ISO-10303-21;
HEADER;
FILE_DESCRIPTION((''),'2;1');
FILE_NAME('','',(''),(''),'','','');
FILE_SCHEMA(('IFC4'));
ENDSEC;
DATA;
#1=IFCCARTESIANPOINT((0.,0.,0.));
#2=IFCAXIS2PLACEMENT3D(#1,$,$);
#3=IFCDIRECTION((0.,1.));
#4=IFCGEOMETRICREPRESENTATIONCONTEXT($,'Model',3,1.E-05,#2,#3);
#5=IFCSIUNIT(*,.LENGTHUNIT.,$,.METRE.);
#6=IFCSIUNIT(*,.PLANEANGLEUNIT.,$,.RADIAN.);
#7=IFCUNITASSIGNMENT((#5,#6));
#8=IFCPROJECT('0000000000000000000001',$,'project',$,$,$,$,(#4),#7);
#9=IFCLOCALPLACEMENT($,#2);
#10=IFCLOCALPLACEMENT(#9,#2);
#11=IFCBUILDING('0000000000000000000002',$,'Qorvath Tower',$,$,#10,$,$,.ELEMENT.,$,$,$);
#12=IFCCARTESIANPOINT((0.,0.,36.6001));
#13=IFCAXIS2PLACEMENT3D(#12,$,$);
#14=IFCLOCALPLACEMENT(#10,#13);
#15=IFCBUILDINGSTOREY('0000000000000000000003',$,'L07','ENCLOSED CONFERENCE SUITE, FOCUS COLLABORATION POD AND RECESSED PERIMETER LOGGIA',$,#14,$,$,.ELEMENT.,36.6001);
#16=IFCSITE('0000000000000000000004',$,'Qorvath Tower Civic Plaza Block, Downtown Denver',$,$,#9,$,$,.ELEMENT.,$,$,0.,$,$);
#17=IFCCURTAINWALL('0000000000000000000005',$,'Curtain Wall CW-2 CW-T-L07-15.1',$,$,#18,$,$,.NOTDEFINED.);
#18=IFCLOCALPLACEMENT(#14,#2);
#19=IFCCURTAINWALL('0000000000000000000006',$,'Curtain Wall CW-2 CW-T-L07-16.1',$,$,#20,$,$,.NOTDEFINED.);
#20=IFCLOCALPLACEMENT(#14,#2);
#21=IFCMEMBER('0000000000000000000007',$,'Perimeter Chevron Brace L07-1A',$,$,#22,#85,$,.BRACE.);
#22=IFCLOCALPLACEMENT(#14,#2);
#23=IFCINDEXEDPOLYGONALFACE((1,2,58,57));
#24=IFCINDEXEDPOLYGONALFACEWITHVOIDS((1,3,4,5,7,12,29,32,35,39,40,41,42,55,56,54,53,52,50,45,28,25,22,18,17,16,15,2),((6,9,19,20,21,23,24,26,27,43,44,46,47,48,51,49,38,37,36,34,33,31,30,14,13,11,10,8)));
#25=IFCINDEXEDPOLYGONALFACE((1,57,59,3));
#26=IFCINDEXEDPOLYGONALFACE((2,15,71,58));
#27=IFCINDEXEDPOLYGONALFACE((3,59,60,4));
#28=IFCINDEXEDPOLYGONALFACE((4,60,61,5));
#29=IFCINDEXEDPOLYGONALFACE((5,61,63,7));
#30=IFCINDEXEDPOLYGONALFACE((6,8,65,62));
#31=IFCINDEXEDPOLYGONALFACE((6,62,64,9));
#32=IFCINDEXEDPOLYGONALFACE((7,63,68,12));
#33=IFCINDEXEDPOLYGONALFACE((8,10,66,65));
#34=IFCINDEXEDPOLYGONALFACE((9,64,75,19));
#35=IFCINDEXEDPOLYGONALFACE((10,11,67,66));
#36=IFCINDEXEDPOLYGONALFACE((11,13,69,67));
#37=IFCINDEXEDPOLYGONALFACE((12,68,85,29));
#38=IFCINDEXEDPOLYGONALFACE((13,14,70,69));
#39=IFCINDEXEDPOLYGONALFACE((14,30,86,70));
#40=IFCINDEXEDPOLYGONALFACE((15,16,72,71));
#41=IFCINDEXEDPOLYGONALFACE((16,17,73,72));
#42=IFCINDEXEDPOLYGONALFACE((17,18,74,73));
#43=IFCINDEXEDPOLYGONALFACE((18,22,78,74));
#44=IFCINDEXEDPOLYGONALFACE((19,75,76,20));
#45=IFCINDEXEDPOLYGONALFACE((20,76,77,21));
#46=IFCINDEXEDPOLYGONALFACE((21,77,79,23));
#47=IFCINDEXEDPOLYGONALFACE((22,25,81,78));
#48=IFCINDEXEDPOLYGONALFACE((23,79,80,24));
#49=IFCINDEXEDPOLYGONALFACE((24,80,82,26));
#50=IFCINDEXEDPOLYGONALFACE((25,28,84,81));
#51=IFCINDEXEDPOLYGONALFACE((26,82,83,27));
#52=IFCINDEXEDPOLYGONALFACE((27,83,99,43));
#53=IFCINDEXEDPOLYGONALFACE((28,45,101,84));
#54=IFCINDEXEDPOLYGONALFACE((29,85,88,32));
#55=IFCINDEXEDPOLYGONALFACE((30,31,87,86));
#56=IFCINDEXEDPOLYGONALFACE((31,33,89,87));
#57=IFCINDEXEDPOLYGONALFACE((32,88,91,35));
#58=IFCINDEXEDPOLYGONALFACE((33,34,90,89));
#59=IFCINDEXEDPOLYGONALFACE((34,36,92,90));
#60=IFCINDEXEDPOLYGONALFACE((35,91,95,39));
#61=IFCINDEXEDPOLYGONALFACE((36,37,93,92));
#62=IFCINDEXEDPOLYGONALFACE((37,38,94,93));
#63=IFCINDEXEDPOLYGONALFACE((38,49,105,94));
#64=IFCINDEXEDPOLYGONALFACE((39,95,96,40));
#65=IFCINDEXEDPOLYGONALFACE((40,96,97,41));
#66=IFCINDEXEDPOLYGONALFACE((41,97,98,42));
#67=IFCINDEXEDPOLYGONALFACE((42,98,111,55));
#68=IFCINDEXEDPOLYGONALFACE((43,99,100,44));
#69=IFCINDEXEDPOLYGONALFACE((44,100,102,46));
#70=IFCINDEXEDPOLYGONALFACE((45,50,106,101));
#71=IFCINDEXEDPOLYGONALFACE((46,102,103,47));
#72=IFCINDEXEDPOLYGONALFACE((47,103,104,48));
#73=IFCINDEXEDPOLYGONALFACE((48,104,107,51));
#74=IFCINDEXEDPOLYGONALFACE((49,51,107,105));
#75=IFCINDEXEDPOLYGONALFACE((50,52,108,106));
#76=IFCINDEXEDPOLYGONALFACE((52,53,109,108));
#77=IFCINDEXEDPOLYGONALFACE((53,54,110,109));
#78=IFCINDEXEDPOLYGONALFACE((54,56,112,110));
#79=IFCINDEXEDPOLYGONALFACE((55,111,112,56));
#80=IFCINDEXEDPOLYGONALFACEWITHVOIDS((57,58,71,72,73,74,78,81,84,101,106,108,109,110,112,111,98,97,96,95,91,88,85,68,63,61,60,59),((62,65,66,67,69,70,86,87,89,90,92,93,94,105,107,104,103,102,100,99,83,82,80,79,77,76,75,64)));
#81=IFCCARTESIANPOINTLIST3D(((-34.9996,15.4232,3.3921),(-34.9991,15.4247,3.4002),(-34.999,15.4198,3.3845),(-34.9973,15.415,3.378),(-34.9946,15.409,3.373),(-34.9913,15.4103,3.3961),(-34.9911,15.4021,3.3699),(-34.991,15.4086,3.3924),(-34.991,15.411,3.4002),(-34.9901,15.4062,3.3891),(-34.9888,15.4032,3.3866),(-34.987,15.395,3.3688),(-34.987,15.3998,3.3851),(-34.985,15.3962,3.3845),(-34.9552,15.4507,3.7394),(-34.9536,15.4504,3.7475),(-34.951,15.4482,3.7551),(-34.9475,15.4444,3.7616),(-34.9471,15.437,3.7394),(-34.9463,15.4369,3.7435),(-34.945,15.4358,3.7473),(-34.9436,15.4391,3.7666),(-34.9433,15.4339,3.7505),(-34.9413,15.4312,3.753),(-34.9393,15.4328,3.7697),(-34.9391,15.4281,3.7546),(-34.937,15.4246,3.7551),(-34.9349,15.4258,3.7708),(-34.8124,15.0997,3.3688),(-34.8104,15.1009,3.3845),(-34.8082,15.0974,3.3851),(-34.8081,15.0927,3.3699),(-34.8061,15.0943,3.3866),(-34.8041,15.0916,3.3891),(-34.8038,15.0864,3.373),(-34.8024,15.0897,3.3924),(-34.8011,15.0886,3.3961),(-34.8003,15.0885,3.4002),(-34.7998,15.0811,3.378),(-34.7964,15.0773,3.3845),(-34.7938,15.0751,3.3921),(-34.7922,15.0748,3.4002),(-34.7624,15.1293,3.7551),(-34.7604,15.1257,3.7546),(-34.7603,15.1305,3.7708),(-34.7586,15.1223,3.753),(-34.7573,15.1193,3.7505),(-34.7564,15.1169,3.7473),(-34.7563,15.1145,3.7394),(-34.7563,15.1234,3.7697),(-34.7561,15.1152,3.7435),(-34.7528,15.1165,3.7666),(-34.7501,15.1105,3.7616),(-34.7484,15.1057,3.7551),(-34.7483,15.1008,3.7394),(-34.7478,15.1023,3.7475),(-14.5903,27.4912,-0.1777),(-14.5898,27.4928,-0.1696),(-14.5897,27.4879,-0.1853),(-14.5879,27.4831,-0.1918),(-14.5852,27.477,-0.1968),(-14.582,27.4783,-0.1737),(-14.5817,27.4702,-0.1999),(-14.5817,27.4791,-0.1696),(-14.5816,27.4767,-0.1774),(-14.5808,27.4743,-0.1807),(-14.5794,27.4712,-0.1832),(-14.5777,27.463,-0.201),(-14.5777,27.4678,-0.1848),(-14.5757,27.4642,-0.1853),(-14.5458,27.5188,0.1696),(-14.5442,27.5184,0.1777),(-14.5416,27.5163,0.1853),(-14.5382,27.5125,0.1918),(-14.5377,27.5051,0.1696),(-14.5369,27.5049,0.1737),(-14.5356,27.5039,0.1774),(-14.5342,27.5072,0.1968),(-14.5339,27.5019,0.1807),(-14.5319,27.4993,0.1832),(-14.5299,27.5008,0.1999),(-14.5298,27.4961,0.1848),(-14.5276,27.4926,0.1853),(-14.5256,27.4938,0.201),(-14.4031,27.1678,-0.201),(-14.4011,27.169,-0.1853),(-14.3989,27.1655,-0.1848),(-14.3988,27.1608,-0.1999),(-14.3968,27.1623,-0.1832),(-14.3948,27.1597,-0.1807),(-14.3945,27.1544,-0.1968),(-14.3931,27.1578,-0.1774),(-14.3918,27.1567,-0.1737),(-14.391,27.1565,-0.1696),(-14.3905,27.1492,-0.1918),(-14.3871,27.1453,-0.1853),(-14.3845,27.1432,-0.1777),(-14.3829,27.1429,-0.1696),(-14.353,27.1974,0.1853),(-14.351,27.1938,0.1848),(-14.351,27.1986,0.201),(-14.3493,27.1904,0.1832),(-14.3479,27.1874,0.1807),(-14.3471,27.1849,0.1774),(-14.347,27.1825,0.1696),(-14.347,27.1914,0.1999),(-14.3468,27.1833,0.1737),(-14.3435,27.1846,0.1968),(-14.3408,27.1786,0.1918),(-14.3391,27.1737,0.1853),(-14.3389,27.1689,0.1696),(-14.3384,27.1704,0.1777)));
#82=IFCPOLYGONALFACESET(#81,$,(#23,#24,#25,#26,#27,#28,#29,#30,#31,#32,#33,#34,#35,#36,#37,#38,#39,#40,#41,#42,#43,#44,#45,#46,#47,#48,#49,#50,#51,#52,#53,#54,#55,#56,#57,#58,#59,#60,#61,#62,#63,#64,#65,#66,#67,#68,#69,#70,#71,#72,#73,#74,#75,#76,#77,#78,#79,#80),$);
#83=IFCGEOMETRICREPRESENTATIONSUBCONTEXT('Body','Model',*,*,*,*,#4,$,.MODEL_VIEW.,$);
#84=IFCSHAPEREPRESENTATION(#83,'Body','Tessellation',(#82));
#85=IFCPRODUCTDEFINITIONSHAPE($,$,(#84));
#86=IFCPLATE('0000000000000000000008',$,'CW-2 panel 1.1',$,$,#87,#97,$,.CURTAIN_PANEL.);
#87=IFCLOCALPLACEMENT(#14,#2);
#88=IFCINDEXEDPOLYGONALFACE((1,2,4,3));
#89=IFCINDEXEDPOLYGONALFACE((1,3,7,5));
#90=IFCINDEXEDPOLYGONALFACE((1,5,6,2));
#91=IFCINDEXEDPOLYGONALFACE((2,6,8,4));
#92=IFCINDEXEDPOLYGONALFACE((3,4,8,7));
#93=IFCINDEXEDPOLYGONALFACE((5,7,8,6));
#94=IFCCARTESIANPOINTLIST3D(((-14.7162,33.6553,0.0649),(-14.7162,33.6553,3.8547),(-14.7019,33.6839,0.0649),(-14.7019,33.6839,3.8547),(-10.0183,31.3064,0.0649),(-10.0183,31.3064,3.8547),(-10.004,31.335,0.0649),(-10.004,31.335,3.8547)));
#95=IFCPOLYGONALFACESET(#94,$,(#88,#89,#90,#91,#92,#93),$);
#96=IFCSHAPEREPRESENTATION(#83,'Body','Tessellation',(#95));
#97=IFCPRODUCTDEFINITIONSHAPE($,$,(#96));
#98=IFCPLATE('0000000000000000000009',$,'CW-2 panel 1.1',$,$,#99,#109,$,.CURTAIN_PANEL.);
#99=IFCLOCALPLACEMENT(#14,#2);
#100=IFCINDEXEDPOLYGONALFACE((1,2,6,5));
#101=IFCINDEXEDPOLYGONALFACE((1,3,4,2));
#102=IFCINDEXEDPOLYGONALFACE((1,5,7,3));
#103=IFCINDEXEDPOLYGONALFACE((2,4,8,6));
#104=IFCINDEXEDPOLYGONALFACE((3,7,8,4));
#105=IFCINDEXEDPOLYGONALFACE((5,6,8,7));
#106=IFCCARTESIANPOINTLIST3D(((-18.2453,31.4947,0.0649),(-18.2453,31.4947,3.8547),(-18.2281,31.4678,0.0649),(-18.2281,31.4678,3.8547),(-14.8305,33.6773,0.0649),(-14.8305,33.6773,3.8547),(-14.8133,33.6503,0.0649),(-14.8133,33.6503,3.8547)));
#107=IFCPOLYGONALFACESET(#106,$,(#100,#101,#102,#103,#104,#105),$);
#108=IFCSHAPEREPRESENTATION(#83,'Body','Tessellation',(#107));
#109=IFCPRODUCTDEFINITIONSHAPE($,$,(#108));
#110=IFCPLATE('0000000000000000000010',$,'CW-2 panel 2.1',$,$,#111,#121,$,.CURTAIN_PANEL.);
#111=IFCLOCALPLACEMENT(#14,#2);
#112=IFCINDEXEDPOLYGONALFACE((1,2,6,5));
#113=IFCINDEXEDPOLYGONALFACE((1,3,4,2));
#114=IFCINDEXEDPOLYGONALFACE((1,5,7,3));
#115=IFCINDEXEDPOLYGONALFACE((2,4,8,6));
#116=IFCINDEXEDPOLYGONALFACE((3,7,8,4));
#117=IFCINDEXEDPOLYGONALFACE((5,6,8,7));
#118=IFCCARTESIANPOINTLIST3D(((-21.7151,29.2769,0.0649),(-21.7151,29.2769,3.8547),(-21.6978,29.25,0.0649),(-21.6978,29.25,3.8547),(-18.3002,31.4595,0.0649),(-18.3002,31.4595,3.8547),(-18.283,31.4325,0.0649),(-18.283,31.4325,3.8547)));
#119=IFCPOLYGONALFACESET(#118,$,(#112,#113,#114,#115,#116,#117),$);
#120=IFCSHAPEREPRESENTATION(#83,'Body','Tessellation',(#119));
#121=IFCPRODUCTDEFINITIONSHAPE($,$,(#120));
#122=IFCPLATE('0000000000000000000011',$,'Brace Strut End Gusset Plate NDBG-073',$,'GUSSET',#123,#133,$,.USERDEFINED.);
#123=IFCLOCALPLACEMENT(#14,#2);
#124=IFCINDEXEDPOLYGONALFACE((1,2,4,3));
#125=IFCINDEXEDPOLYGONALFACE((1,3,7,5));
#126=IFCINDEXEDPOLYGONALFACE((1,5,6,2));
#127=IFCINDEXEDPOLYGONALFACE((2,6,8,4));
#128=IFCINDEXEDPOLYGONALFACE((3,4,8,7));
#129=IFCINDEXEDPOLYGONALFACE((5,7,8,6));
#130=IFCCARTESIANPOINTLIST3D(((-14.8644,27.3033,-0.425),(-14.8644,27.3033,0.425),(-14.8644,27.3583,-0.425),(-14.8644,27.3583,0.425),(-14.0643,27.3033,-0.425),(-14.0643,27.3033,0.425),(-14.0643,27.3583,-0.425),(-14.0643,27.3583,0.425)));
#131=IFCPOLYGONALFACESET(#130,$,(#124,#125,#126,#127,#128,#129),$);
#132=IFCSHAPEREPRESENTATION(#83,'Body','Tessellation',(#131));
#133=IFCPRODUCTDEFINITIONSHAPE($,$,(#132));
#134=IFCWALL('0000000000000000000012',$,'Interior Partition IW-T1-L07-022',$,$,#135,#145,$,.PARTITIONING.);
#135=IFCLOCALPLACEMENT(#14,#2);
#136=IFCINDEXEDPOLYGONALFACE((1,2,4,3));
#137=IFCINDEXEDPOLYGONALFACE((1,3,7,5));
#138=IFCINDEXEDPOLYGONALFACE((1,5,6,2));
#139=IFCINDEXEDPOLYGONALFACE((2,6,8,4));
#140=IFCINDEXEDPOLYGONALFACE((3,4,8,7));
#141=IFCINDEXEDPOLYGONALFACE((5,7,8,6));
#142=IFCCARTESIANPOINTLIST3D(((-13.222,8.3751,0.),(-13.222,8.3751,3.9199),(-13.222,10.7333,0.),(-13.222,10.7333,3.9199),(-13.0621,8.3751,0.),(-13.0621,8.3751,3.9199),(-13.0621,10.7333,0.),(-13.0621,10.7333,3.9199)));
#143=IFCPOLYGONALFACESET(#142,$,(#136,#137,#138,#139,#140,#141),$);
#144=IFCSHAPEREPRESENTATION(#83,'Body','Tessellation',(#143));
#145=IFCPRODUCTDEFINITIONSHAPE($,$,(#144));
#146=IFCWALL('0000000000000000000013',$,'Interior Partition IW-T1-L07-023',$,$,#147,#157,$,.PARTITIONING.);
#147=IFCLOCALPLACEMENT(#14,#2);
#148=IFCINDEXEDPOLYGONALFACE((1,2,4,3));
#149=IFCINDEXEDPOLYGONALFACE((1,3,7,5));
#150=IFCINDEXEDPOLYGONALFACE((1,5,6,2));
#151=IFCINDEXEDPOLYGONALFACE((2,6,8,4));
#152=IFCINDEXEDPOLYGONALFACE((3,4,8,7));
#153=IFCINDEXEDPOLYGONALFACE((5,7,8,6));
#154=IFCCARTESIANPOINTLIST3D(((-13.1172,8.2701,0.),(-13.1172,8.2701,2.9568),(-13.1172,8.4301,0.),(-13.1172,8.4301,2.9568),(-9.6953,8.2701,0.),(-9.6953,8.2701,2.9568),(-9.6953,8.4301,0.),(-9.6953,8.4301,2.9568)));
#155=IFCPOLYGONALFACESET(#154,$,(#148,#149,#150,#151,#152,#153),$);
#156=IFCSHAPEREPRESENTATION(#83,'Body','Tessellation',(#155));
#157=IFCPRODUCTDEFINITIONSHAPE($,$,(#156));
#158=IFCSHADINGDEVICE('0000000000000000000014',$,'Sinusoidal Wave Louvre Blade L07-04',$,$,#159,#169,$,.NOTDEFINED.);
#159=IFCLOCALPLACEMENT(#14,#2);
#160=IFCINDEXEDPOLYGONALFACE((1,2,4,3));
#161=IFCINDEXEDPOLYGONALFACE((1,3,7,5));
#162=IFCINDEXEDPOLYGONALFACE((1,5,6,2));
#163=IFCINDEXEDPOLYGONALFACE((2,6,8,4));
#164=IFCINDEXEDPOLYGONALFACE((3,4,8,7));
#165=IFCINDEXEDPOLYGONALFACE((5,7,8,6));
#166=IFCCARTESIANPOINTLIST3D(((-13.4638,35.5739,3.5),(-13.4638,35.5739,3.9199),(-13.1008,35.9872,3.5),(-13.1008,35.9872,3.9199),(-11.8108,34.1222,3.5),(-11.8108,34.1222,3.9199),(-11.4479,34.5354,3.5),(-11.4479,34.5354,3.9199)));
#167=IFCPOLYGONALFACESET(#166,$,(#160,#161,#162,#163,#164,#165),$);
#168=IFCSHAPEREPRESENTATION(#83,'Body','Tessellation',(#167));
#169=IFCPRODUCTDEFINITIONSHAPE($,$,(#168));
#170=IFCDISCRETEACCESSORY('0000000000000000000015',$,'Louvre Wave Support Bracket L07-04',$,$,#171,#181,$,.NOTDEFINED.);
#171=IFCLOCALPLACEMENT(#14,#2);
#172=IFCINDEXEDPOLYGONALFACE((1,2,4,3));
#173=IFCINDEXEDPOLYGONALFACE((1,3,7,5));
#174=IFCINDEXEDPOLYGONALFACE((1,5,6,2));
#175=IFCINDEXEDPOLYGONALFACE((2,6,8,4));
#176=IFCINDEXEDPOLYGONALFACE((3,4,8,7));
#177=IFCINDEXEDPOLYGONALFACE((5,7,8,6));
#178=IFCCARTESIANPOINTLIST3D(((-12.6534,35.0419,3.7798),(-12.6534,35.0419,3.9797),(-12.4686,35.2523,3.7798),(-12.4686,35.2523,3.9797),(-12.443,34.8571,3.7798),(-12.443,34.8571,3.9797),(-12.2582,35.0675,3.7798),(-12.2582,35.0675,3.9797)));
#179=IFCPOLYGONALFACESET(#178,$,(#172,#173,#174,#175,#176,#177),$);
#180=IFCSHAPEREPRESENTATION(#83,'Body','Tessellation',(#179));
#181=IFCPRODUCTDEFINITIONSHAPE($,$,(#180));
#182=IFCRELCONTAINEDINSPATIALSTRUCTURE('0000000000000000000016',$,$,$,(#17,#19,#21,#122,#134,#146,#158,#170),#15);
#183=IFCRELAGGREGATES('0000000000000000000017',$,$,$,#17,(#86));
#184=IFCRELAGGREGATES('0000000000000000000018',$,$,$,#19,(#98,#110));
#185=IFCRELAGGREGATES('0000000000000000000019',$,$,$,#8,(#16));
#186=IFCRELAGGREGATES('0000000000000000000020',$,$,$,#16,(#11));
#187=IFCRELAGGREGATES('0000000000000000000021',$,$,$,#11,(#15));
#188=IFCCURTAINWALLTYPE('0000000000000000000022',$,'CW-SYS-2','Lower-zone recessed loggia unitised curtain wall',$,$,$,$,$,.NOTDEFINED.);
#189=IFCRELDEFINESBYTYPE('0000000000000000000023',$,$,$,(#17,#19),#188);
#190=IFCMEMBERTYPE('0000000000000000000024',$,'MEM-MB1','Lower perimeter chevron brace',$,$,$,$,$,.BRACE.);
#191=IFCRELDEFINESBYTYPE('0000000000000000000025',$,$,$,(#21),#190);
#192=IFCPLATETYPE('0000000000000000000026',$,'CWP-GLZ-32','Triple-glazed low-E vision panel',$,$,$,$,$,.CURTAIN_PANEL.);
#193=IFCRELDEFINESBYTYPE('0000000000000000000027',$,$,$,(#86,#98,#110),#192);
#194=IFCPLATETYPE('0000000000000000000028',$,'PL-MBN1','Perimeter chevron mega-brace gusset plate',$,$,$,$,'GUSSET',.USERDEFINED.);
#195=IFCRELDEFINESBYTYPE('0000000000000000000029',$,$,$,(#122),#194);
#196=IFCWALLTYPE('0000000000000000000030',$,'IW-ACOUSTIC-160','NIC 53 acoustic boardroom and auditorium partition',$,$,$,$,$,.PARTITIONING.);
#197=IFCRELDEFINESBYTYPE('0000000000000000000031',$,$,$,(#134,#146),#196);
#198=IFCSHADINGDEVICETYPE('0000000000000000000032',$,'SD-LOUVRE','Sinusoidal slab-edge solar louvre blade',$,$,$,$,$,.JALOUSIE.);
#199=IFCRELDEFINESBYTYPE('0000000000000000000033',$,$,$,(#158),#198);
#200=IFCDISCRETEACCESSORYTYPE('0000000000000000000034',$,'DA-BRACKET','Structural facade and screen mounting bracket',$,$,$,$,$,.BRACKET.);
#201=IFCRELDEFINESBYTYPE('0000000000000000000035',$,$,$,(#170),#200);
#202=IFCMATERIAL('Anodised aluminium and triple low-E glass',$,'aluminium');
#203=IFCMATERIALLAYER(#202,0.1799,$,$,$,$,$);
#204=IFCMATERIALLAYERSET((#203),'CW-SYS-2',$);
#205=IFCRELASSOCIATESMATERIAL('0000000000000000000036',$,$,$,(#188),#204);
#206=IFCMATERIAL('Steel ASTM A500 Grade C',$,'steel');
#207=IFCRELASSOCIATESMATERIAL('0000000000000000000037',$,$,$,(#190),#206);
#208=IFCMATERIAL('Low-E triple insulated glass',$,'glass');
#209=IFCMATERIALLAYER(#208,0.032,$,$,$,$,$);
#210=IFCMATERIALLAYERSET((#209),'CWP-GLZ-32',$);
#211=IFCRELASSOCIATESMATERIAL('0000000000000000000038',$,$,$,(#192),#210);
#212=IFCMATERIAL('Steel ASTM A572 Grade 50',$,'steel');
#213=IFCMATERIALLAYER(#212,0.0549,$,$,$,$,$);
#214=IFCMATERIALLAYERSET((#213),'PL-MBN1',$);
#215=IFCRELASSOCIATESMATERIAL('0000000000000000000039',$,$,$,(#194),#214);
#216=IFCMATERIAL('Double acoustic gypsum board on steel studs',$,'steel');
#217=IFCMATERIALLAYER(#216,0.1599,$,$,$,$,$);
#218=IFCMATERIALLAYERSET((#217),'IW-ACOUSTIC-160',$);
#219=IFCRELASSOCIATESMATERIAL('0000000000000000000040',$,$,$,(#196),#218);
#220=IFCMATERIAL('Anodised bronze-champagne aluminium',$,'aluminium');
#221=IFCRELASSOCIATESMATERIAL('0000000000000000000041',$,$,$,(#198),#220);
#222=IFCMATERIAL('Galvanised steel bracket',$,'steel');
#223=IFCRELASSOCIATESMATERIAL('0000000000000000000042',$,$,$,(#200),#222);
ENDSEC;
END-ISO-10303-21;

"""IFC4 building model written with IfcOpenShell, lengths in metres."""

from ifc_helpers import new_model, si_unit, direction, frame, frame_2d, origin, origin_2d, place, context, subcontext, project, spatial, rectangle, hollow_rectangle, extrude, material, layer, layer_set, material_profile, profile_set, type_object, element, aggregate, save


model = new_model("IFC4")

# Units and contexts
model_context = context("Model", 3, precision=1e-05, world=origin(), true_north=direction((0.0, 1.0)))
body_context = subcontext(model_context, "Body", "Model", "MODEL_VIEW")
ifc_project = project(units=[si_unit("LENGTHUNIT", "METRE"), si_unit("PLANEANGLEUNIT", "RADIAN")], contexts=[model_context])

# Site, building, storey
site_placement = place(None, origin())
site = spatial("IfcSite", under=ifc_project, at=site_placement, Name="Qorvath Tower Civic Plaza Block, Downtown Denver", CompositionType="ELEMENT", RefElevation=0.0)
building_placement = place(site_placement, origin())
building = spatial("IfcBuilding", under=site, at=building_placement, Name="Qorvath Tower", CompositionType="ELEMENT")
storey_placement = place(building_placement, frame((0.0, 0.0, 36.6001)))
storey = spatial("IfcBuildingStorey", under=building, at=storey_placement, Name="L07", Description="ENCLOSED CONFERENCE SUITE, FOCUS COLLABORATION POD AND RECESSED PERIMETER LOGGIA", CompositionType="ELEMENT", Elevation=36.6001)

# Curtain wall
ifc_material_1 = material(Name="Anodised aluminium and triple low-E glass", Category="aluminium")
ifc_layer_1 = layer(ifc_material_1, 0.1799)
ifc_layer_set_1 = layer_set([ifc_layer_1], Name="CW-SYS-2")
curtain_wall_type = type_object("IfcCurtainWallType", Name="CW-SYS-2", Description="Lower-zone recessed loggia unitised curtain wall", PredefinedType="NOTDEFINED", material=ifc_layer_set_1)
curtain_wall_1_placement = place(storey_placement, origin())
curtain_wall_1 = element("IfcCurtainWall", 1, at=curtain_wall_1_placement, inside=storey, type_object=curtain_wall_type, Name="Curtain Wall CW-2 CW-T-L07-15.1", PredefinedType="NOTDEFINED")

# Curtain wall
curtain_wall_2_placement = place(storey_placement, origin())
curtain_wall_2 = element("IfcCurtainWall", 2, at=curtain_wall_2_placement, inside=storey, type_object=curtain_wall_type, Name="Curtain Wall CW-2 CW-T-L07-16.1", PredefinedType="NOTDEFINED")

# Member
ifc_material_2 = material(Name="Steel ASTM A500 Grade C", Category="steel")
ifc_material_profile_1 = material_profile(ifc_material_2, hollow_rectangle(XDim=0.4065, YDim=0.4065, WallThickness=0.0159, InnerFilletRadius=0.0159, OuterFilletRadius=0.0317, at=origin_2d()), Name="HSS 406x406x16")
ifc_profile_set_1 = profile_set([ifc_material_profile_1], Name="Steel ASTM A500 Grade C")
member_type_1 = type_object("IfcMemberType", Name="MEM-MB1", Description="Lower perimeter chevron brace", PredefinedType="BRACE", material=ifc_profile_set_1)
member_1_placement = place(storey_placement, frame((-14.4644, 27.3308, 0.0), z_axis=(-0.851185, -0.503307, 0.148881), x_axis=(0.508979, -0.860779, 0.0)))
element("IfcMember", 3, at=member_1_placement, inside=storey, type_object=member_type_1, Name="Perimeter Chevron Brace L07-1A", PredefinedType="BRACE", context=body_context, shape_type="SweptSolid", body=[
    extrude(hollow_rectangle(XDim=0.4065, YDim=0.4065, WallThickness=0.0159, InnerFilletRadius=0.0159, OuterFilletRadius=0.0317, at=origin_2d()), origin(), (0.0, 0.0, 1.0), 23.9775),
])

# Plates
ifc_material_3 = material(Name="Low-E triple insulated glass", Category="glass")
ifc_layer_2 = layer(ifc_material_3, 0.032)
ifc_layer_set_2 = layer_set([ifc_layer_2], Name="CWP-GLZ-32")
plate_type_1 = type_object("IfcPlateType", Name="CWP-GLZ-32", Description="Triple-glazed low-E vision panel", PredefinedType="CURTAIN_PANEL", material=ifc_layer_set_2)
plate_1_placement = place(storey_placement, frame((-12.3601, 32.4951, 0.0649), z_axis=(0.0, 0.0, 1.0), x_axis=(-0.894435, 0.447199, 0.0)))
plate_1 = element("IfcPlate", 4, at=plate_1_placement, type_object=plate_type_1, Name="CW-2 panel 1.1", PredefinedType="CURTAIN_PANEL", context=body_context, shape_type="SweptSolid", body=[
    extrude(rectangle(XDim=5.2524, YDim=0.032, at=origin_2d()), origin(), (0.0, 0.0, 1.0), 3.7898),
])
aggregate(curtain_wall_1, [plate_1])
plate_2_placement = place(storey_placement, frame((-16.5293, 32.5725, 0.0649), z_axis=(0.0, 0.0, 1.0), x_axis=(-0.842601, -0.538539, 0.0)))
plate_2 = element("IfcPlate", 5, at=plate_2_placement, type_object=plate_type_1, Name="CW-2 panel 1.1", PredefinedType="CURTAIN_PANEL", context=body_context, shape_type="SweptSolid", body=[
    extrude(rectangle(XDim=4.0527, YDim=0.032, at=origin_2d()), origin(), (0.0, 0.0, 1.0), 3.7898),
])
plate_3_placement = place(storey_placement, frame((-19.999, 30.3547, 0.0649), z_axis=(0.0, 0.0, 1.0), x_axis=(-0.842601, -0.538539, 0.0)))
plate_3 = element("IfcPlate", 6, at=plate_3_placement, type_object=plate_type_1, Name="CW-2 panel 2.1", PredefinedType="CURTAIN_PANEL", context=body_context, shape_type="SweptSolid", body=[
    extrude(rectangle(XDim=4.0527, YDim=0.032, at=origin_2d()), origin(), (0.0, 0.0, 1.0), 3.7898),
])
aggregate(curtain_wall_2, [plate_2, plate_3])
ifc_material_4 = material(Name="Steel ASTM A572 Grade 50", Category="steel")
ifc_layer_3 = layer(ifc_material_4, 0.0549)
ifc_layer_set_3 = layer_set([ifc_layer_3], Name="PL-MBN1")
plate_type_2 = type_object("IfcPlateType", Name="PL-MBN1", Description="Perimeter chevron mega-brace gusset plate", ElementType="GUSSET", PredefinedType="USERDEFINED", material=ifc_layer_set_3)
plate_4_placement = place(storey_placement, frame((-14.4644, 27.3308, -0.425), z_axis=(0.0, 0.0, 1.0), x_axis=(1.0, 0.0, 0.0)))
element("IfcPlate", 7, at=plate_4_placement, inside=storey, type_object=plate_type_2, Name="Brace Strut End Gusset Plate NDBG-073", ObjectType="GUSSET", PredefinedType="USERDEFINED", context=body_context, shape_type="SweptSolid", body=[
    extrude(rectangle(XDim=0.8, YDim=0.0549, at=origin_2d()), origin(), (0.0, 0.0, 1.0), 0.8501),
])

# Walls
ifc_material_5 = material(Name="Double acoustic gypsum board on steel studs", Category="steel")
ifc_layer_4 = layer(ifc_material_5, 0.1599)
ifc_layer_set_4 = layer_set([ifc_layer_4], Name="IW-ACOUSTIC-160")
wall_type = type_object("IfcWallType", Name="IW-ACOUSTIC-160", Description="NIC 53 acoustic boardroom and auditorium partition", PredefinedType="PARTITIONING", material=ifc_layer_set_4)
wall_1_placement = place(storey_placement, frame((-13.1421, 8.375, 0.0), z_axis=(0.0, 0.0, 1.0), x_axis=(0.0, 1.0, 0.0)))
element("IfcWall", 8, at=wall_1_placement, inside=storey, type_object=wall_type, Name="Interior Partition IW-T1-L07-022", PredefinedType="PARTITIONING", context=body_context, shape_type="SweptSolid", body=[
    extrude(rectangle(XDim=2.3582, YDim=0.1599, at=frame_2d((1.1792, 0.0))), origin(), (0.0, 0.0, 1.0), 3.9199),
])
wall_2_placement = place(storey_placement, frame((-13.1172, 8.3501, 0.0), z_axis=(0.0, 0.0, 1.0), x_axis=(1.0, 0.0, 0.0)))
element("IfcWall", 9, at=wall_2_placement, inside=storey, type_object=wall_type, Name="Interior Partition IW-T1-L07-023", PredefinedType="PARTITIONING", context=body_context, shape_type="SweptSolid", body=[
    extrude(rectangle(XDim=3.4219, YDim=0.1599, at=frame_2d((1.7109, 0.0))), origin(), (0.0, 0.0, 1.0), 2.9568),
])

# Shading device
ifc_material_6 = material(Name="Anodised bronze-champagne aluminium", Category="aluminium")
shading_device_type = type_object("IfcShadingDeviceType", Name="SD-LOUVRE", Description="Sinusoidal slab-edge solar louvre blade", PredefinedType="JALOUSIE", material=ifc_material_6)
shading_device_placement = place(storey_placement, frame((-12.4558, 35.0547, 3.5), z_axis=(0.0, 0.0, 1.0), x_axis=(-0.751351, 0.659903, 0.0)))
element("IfcShadingDevice", 10, at=shading_device_placement, inside=storey, type_object=shading_device_type, Name="Sinusoidal Wave Louvre Blade L07-04", PredefinedType="NOTDEFINED", context=body_context, shape_type="SweptSolid", body=[
    extrude(rectangle(XDim=2.2, YDim=0.55, at=origin_2d()), origin(), (0.0, 0.0, 1.0), 0.4199),
])

# Discrete accessory
ifc_material_7 = material(Name="Galvanised steel bracket", Category="steel")
discrete_accessory_type = type_object("IfcDiscreteAccessoryType", Name="DA-BRACKET", Description="Structural facade and screen mounting bracket", PredefinedType="BRACKET", material=ifc_material_7)
discrete_accessory_placement = place(storey_placement, frame((-12.4558, 35.0547, 3.7798), z_axis=(0.0, 0.0, 1.0), x_axis=(-0.751351, 0.659903, 0.0)))
element("IfcDiscreteAccessory", 11, at=discrete_accessory_placement, inside=storey, type_object=discrete_accessory_type, Name="Louvre Wave Support Bracket L07-04", PredefinedType="NOTDEFINED", context=body_context, shape_type="SweptSolid", body=[
    extrude(rectangle(XDim=0.28, YDim=0.28, at=origin_2d()), origin(), (0.0, 0.0, 1.0), 0.2),
])

save(model, "model.ifc")
